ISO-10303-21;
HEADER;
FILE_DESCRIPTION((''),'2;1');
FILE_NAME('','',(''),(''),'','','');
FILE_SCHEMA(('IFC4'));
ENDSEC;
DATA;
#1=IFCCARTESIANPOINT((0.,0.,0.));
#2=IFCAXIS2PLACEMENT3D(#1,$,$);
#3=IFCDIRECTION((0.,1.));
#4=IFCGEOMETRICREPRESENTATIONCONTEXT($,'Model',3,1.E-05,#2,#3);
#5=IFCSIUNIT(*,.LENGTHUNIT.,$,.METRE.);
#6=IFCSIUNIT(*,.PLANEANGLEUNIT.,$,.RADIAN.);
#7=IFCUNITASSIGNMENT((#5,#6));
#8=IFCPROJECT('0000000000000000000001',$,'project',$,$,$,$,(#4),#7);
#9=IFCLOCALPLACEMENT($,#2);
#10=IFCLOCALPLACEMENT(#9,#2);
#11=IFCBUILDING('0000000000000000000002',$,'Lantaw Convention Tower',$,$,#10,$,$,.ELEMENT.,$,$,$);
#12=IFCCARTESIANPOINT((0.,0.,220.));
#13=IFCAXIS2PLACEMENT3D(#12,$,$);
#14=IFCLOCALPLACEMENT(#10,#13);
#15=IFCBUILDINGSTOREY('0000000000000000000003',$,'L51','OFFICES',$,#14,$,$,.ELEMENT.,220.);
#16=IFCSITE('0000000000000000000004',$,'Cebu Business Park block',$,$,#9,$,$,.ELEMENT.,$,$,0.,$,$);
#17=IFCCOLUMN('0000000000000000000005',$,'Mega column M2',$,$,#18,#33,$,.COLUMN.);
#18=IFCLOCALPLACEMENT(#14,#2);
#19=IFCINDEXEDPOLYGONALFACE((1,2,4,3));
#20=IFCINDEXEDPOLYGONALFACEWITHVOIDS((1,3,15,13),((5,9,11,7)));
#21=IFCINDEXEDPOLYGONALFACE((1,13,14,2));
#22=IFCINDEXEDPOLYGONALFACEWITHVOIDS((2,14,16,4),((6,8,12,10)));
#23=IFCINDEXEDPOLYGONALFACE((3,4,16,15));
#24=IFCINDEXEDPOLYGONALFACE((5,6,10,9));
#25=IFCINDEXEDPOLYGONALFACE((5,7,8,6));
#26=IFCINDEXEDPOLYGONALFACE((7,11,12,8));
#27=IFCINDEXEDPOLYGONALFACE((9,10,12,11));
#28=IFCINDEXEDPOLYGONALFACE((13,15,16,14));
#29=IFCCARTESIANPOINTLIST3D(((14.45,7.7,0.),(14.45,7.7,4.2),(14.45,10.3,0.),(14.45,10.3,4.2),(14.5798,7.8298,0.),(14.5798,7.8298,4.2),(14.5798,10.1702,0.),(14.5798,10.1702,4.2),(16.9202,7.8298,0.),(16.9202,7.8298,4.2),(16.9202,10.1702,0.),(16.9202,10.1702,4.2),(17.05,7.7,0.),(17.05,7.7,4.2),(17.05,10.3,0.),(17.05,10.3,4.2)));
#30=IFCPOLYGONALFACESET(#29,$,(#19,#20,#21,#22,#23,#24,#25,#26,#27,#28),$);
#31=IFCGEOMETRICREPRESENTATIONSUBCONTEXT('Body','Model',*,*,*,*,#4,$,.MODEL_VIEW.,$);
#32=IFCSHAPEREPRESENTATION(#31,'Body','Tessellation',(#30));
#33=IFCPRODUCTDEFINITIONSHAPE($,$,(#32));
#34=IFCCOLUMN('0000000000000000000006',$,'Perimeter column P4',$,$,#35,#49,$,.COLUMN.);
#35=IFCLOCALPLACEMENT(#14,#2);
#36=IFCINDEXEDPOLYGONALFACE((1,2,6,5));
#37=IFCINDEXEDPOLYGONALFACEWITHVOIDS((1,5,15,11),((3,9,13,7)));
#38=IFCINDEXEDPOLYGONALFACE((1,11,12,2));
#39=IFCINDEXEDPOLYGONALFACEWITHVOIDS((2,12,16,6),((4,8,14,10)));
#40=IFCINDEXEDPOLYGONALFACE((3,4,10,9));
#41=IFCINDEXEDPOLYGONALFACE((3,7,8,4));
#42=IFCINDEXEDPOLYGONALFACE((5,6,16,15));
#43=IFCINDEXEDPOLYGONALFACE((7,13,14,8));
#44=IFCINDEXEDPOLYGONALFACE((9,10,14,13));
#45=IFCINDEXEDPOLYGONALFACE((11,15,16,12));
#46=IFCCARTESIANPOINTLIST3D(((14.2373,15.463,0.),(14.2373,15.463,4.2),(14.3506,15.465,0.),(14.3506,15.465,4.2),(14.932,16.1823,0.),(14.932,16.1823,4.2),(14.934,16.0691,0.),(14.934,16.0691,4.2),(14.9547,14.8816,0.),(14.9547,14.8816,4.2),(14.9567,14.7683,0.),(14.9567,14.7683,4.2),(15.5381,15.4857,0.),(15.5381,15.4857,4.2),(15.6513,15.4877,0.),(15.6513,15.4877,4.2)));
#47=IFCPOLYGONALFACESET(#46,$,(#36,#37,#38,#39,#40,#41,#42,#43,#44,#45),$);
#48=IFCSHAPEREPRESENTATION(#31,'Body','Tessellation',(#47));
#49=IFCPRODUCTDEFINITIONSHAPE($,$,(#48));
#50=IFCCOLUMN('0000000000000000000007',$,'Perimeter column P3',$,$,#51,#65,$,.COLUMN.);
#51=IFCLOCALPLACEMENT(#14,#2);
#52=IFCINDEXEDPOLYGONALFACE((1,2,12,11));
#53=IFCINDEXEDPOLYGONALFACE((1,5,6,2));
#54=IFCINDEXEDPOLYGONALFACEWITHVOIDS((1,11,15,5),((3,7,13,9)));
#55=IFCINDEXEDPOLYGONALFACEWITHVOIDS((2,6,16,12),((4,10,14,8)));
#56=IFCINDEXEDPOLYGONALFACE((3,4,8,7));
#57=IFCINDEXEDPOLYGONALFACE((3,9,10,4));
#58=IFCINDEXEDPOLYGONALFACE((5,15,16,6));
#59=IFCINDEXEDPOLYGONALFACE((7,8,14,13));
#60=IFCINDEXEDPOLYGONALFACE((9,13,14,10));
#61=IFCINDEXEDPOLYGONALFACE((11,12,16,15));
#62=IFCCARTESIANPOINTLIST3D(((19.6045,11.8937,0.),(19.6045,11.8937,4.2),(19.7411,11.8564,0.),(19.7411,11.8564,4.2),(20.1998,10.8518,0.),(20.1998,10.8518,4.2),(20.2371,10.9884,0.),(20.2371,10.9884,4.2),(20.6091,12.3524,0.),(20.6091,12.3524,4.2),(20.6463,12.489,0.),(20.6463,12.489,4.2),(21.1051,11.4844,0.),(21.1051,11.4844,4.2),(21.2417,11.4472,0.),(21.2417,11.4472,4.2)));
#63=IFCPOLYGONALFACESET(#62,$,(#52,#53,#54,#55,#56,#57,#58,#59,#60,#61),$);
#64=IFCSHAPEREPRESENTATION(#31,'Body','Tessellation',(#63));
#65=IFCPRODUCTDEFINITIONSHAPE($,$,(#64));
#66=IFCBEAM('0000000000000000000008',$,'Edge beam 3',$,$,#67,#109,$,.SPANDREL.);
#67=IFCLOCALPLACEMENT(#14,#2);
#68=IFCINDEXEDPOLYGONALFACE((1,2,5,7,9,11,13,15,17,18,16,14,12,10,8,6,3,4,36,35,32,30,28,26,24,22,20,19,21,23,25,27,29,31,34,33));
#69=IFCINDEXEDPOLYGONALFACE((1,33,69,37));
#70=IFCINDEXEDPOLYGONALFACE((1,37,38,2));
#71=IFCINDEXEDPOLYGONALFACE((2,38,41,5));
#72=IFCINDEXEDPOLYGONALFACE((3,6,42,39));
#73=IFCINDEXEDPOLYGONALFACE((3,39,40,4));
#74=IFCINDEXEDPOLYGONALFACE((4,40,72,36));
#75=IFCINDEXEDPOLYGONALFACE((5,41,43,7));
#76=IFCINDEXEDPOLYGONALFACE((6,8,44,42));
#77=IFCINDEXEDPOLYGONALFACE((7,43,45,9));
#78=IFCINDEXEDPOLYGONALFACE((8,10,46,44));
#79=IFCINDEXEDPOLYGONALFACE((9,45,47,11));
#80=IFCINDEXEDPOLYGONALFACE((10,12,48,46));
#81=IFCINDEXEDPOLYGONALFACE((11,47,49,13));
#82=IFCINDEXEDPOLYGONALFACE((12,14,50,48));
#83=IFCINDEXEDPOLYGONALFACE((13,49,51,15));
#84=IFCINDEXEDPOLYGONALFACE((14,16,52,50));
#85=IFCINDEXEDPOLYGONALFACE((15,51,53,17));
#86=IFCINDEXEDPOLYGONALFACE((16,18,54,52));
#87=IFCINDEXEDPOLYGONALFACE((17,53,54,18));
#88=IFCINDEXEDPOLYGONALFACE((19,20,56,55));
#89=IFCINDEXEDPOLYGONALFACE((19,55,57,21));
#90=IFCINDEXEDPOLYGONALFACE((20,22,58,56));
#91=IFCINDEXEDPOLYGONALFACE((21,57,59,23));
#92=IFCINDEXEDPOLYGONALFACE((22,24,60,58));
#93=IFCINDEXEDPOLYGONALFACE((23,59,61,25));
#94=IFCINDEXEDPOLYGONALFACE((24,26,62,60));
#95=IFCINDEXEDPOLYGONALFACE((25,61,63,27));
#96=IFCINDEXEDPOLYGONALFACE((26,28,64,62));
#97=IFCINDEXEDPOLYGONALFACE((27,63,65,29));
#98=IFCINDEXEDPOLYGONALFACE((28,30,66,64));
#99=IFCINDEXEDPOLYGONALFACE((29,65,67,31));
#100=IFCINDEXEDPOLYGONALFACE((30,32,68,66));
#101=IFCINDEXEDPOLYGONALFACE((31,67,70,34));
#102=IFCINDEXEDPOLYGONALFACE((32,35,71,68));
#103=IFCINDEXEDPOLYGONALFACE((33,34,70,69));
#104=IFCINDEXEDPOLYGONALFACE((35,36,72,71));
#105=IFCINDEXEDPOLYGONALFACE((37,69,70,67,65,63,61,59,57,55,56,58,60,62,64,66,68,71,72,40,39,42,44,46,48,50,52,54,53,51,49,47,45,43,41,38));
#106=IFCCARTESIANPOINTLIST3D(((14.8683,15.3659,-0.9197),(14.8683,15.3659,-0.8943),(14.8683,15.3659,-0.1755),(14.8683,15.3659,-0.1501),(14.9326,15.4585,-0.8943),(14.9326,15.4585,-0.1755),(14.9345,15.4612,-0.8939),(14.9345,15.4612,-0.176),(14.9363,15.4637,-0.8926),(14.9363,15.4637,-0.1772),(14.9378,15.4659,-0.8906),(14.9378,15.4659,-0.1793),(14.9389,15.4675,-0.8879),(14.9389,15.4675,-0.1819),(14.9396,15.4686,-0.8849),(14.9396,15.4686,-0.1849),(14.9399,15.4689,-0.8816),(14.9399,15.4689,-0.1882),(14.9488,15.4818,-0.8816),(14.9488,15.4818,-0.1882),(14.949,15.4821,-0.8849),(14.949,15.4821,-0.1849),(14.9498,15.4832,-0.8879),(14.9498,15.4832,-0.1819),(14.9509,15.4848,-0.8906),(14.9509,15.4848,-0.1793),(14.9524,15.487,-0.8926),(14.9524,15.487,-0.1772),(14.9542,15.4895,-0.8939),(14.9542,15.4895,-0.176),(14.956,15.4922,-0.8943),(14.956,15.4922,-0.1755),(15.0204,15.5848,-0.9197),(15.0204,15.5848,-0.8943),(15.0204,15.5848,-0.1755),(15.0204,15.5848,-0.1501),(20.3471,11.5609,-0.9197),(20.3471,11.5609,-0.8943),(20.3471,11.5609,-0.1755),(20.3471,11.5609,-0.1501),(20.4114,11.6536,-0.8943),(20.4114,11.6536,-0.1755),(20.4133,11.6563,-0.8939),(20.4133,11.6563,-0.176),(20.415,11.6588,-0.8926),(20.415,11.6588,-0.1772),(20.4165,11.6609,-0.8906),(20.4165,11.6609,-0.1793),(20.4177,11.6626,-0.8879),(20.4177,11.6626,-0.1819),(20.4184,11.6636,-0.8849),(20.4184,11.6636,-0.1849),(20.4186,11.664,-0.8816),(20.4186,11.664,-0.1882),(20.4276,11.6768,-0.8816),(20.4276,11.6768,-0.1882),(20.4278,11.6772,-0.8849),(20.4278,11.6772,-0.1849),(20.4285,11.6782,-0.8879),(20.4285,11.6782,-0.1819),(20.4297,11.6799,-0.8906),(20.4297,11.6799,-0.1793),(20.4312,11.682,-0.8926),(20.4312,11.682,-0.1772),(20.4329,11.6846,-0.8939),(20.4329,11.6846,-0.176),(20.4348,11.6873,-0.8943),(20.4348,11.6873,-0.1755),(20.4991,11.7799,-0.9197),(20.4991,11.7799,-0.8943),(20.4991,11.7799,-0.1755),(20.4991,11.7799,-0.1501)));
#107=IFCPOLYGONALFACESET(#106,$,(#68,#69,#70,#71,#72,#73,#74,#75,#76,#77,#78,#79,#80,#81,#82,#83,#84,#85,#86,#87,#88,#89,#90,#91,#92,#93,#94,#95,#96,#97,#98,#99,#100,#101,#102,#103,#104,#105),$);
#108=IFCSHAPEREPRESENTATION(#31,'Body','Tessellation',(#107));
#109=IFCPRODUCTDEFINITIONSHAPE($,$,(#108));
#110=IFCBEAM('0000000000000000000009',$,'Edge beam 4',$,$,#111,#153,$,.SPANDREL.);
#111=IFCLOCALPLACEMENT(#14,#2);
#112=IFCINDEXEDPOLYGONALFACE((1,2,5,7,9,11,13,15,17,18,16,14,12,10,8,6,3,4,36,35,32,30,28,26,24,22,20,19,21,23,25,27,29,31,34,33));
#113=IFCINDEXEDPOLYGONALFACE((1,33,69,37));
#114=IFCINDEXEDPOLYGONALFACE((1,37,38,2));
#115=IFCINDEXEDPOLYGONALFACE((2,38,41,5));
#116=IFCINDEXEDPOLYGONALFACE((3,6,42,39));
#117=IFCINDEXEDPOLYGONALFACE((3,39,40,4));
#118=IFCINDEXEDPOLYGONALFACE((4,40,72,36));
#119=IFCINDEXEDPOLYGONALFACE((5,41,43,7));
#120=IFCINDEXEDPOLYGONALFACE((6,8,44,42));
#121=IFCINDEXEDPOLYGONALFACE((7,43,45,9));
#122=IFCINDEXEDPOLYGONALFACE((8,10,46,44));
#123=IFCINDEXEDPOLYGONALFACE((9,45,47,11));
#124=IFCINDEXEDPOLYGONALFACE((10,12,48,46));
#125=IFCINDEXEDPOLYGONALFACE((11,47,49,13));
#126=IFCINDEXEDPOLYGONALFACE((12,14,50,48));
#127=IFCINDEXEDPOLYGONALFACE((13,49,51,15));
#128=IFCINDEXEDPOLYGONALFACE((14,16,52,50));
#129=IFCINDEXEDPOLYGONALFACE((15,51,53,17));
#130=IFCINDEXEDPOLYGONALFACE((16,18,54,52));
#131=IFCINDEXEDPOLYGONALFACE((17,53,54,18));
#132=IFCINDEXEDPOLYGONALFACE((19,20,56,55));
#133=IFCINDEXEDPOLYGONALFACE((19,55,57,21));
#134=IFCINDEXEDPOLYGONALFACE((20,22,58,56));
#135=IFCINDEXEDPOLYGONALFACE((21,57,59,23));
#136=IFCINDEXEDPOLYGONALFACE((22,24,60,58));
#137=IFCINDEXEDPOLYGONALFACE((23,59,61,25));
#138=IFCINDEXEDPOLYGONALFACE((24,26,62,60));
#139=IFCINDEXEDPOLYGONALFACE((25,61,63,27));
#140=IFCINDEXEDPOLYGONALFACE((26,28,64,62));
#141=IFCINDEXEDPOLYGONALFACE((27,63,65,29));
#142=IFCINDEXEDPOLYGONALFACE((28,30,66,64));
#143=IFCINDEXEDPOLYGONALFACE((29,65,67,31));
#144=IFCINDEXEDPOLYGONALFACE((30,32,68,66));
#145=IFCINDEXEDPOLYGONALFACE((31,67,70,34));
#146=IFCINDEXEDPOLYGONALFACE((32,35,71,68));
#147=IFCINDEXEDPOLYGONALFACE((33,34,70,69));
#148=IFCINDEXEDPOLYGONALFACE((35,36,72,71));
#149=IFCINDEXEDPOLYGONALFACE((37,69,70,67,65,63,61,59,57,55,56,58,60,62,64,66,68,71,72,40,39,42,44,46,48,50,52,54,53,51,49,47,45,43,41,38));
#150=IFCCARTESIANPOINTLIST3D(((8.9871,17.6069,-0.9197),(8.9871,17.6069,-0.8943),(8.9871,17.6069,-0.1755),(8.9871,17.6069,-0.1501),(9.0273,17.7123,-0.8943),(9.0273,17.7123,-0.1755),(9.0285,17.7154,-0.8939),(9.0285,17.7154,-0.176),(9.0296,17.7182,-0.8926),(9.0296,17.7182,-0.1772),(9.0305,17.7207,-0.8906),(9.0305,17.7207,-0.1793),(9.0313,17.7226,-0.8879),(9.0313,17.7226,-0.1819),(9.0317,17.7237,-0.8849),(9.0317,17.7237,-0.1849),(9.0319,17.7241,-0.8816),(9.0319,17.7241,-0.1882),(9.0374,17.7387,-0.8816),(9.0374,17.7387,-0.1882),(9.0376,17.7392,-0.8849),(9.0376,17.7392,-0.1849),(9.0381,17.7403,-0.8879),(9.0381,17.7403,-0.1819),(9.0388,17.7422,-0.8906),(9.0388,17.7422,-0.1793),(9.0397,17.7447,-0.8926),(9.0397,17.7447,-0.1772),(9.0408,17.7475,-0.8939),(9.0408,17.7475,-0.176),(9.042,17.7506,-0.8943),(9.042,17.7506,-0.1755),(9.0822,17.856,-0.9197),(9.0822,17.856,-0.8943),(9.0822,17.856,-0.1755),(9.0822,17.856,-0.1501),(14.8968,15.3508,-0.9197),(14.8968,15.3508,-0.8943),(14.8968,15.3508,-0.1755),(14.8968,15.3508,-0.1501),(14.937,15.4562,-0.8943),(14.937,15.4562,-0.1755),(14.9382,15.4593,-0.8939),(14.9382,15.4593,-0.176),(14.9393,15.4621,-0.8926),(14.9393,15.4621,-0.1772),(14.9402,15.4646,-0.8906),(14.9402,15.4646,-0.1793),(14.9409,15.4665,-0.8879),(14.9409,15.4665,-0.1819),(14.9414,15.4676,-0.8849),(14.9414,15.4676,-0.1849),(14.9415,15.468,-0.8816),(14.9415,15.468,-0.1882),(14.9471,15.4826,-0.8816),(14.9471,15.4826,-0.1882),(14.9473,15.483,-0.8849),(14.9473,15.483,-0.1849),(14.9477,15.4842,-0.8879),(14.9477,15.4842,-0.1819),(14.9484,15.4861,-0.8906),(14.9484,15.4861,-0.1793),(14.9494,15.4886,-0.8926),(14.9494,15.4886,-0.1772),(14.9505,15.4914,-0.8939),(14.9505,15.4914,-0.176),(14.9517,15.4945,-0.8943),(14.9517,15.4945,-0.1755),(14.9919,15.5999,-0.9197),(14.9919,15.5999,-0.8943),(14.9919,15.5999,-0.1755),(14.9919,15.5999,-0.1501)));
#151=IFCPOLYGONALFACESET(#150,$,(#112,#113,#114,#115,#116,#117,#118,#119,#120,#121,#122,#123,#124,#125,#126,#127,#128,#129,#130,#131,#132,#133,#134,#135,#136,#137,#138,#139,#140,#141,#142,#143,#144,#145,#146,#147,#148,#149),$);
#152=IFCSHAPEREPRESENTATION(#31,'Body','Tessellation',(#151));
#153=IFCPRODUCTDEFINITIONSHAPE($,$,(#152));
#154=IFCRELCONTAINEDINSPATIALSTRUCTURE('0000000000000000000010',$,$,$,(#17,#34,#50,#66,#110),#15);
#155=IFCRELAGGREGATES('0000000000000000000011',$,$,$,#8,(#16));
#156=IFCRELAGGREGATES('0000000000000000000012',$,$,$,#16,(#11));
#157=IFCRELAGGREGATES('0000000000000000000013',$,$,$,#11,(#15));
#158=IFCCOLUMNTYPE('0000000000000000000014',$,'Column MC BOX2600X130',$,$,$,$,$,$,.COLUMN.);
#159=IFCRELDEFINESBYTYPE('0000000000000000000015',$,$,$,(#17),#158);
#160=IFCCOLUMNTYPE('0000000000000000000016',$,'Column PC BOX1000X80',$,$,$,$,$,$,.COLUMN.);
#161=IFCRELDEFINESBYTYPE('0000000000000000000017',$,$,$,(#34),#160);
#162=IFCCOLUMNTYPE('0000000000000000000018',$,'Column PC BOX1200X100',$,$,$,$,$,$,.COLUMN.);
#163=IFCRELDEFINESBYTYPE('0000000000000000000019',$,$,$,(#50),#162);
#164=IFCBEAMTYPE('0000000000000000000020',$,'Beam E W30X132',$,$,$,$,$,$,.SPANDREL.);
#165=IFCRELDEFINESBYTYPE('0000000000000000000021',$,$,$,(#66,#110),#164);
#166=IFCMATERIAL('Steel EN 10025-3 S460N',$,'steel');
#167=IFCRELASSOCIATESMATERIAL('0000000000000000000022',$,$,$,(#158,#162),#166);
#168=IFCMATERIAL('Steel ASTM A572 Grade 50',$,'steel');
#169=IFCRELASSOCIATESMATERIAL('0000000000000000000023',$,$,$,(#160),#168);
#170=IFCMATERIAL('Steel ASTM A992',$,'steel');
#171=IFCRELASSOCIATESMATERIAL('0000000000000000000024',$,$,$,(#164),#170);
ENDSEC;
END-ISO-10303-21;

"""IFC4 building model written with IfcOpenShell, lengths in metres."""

from ifc_helpers import new_model, si_unit, direction, frame, origin, origin_2d, place, context, subcontext, project, spatial, rectangle, hollow_rectangle, i_section, extrude, material, material_profile, profile_set, type_object, element, save


model = new_model("IFC4")

# Units and contexts
model_context = context("Model", 3, precision=1e-05, world=origin(), true_north=direction((0.0, 1.0)))
body_context = subcontext(model_context, "Body", "Model", "MODEL_VIEW")
ifc_project = project(units=[si_unit("LENGTHUNIT", "METRE"), si_unit("PLANEANGLEUNIT", "RADIAN")], contexts=[model_context])

# Site, building, storey
site_placement = place(None, origin())
site = spatial("IfcSite", under=ifc_project, at=site_placement, Name="Cebu Business Park block", CompositionType="ELEMENT", RefElevation=0.0)
building_placement = place(site_placement, origin())
building = spatial("IfcBuilding", under=site, at=building_placement, Name="Lantaw Convention Tower", CompositionType="ELEMENT")
storey_placement = place(building_placement, frame((0.0, 0.0, 220.0)))
storey = spatial("IfcBuildingStorey", under=building, at=storey_placement, Name="L51", Description="OFFICES", CompositionType="ELEMENT", Elevation=220.0)

# Columns
ifc_material_1 = material(Name="Steel EN 10025-3 S460N", Category="steel")
ifc_material_profile_1 = material_profile(ifc_material_1, hollow_rectangle(XDim=2.6001, YDim=2.6001, WallThickness=0.1299, at=origin_2d()), Name="BOX2600X130")
ifc_material_2 = material(Name="Concrete C60/75", Category="concrete")
ifc_material_profile_2 = material_profile(ifc_material_2, rectangle(XDim=2.3401, YDim=2.3401, at=origin_2d()), Name="Concrete fill of BOX2600X130")
ifc_profile_set_1 = profile_set([ifc_material_profile_1, ifc_material_profile_2], Name="Steel EN 10025-3 S460N")
column_type_1 = type_object("IfcColumnType", Name="Column MC BOX2600X130", PredefinedType="COLUMN", material=ifc_profile_set_1)
column_1_placement = place(storey_placement, frame((15.75, 9.0, 0.0), z_axis=(0.0, 0.0, 1.0), x_axis=(1.0, 0.0, 0.0)))
element("IfcColumn", 1, at=column_1_placement, inside=storey, type_object=column_type_1, Name="Mega column M2", PredefinedType="COLUMN", context=body_context, shape_type="SweptSolid", body=[
    extrude(hollow_rectangle(XDim=2.6001, YDim=2.6001, WallThickness=0.1299, at=origin_2d()), origin(), (0.0, 0.0, 1.0), 4.2),
])
ifc_material_3 = material(Name="Steel ASTM A572 Grade 50", Category="steel")
ifc_material_profile_3 = material_profile(ifc_material_3, hollow_rectangle(XDim=1.0, YDim=1.0, WallThickness=0.0801, at=origin_2d()), Name="BOX1000X80")
ifc_material_profile_4 = material_profile(ifc_material_2, rectangle(XDim=0.8401, YDim=0.8401, at=origin_2d()), Name="Concrete fill of BOX1000X80")
ifc_profile_set_2 = profile_set([ifc_material_profile_3, ifc_material_profile_4], Name="Steel ASTM A572 Grade 50")
column_type_2 = type_object("IfcColumnType", Name="Column PC BOX1000X80", PredefinedType="COLUMN", material=ifc_profile_set_2)
column_2_placement = place(storey_placement, frame((14.9443, 15.4753, 0.0), z_axis=(0.0, 0.0, 1.0), x_axis=(0.694658, 0.71934, 0.0)))
element("IfcColumn", 2, at=column_2_placement, inside=storey, type_object=column_type_2, Name="Perimeter column P4", PredefinedType="COLUMN", context=body_context, shape_type="SweptSolid", body=[
    extrude(hollow_rectangle(XDim=1.0, YDim=1.0, WallThickness=0.0801, at=origin_2d()), origin(), (0.0, 0.0, 1.0), 4.2),
])
ifc_material_profile_5 = material_profile(ifc_material_1, hollow_rectangle(XDim=1.2, YDim=1.2, WallThickness=0.1001, at=origin_2d()), Name="BOX1200X100")
ifc_material_profile_6 = material_profile(ifc_material_2, rectangle(XDim=1.0, YDim=1.0, at=origin_2d()), Name="Concrete fill of BOX1200X100")
ifc_profile_set_3 = profile_set([ifc_material_profile_5, ifc_material_profile_6], Name="Steel EN 10025-3 S460N")
column_type_3 = type_object("IfcColumnType", Name="Column PC BOX1200X100", PredefinedType="COLUMN", material=ifc_profile_set_3)
column_3_placement = place(storey_placement, frame((20.4231, 11.6704, 0.0), z_axis=(0.0, 0.0, 1.0), x_axis=(0.868243, 0.496139, 0.0)))
element("IfcColumn", 3, at=column_3_placement, inside=storey, type_object=column_type_3, Name="Perimeter column P3", PredefinedType="COLUMN", context=body_context, shape_type="SweptSolid", body=[
    extrude(hollow_rectangle(XDim=1.2, YDim=1.2, WallThickness=0.1001, at=origin_2d()), origin(), (0.0, 0.0, 1.0), 4.2),
])

# Beams
ifc_material_4 = material(Name="Steel ASTM A992", Category="steel")
ifc_material_profile_7 = material_profile(ifc_material_4, i_section(OverallWidth=0.2666, OverallDepth=0.7695, WebThickness=0.0156, FlangeThickness=0.0254, FilletRadius=0.0127, at=origin_2d()), Name="W30X132")
ifc_profile_set_4 = profile_set([ifc_material_profile_7], Name="Steel ASTM A992")
beam_type_1 = type_object("IfcBeamType", Name="Beam E W30X132", PredefinedType="SPANDREL", material=ifc_profile_set_4)
beam_1_placement = place(storey_placement, frame((20.4231, 11.6704, -0.5349), z_axis=(-0.821353, 0.57042, 0.0), x_axis=(-0.57042, -0.821353, 0.0)))
element("IfcBeam", 4, at=beam_1_placement, inside=storey, type_object=beam_type_1, Name="Edge beam 3", PredefinedType="SPANDREL", context=body_context, shape_type="SweptSolid", body=[
    extrude(i_section(OverallWidth=0.2666, OverallDepth=0.7695, WebThickness=0.0156, FlangeThickness=0.0254, FilletRadius=0.0127, at=origin_2d()), origin(), (0.0, 0.0, 1.0), 6.6704),
])
beam_2_placement = place(storey_placement, frame((14.9443, 15.4753, -0.5349), z_axis=(-0.934235, 0.356658, 0.0), x_axis=(-0.356658, -0.934235, 0.0)))
element("IfcBeam", 5, at=beam_2_placement, inside=storey, type_object=beam_type_1, Name="Edge beam 4", PredefinedType="SPANDREL", context=body_context, shape_type="SweptSolid", body=[
    extrude(i_section(OverallWidth=0.2666, OverallDepth=0.7695, WebThickness=0.0156, FlangeThickness=0.0254, FilletRadius=0.0127, at=origin_2d()), origin(), (0.0, 0.0, 1.0), 6.3257),
])

save(model, "model.ifc")
